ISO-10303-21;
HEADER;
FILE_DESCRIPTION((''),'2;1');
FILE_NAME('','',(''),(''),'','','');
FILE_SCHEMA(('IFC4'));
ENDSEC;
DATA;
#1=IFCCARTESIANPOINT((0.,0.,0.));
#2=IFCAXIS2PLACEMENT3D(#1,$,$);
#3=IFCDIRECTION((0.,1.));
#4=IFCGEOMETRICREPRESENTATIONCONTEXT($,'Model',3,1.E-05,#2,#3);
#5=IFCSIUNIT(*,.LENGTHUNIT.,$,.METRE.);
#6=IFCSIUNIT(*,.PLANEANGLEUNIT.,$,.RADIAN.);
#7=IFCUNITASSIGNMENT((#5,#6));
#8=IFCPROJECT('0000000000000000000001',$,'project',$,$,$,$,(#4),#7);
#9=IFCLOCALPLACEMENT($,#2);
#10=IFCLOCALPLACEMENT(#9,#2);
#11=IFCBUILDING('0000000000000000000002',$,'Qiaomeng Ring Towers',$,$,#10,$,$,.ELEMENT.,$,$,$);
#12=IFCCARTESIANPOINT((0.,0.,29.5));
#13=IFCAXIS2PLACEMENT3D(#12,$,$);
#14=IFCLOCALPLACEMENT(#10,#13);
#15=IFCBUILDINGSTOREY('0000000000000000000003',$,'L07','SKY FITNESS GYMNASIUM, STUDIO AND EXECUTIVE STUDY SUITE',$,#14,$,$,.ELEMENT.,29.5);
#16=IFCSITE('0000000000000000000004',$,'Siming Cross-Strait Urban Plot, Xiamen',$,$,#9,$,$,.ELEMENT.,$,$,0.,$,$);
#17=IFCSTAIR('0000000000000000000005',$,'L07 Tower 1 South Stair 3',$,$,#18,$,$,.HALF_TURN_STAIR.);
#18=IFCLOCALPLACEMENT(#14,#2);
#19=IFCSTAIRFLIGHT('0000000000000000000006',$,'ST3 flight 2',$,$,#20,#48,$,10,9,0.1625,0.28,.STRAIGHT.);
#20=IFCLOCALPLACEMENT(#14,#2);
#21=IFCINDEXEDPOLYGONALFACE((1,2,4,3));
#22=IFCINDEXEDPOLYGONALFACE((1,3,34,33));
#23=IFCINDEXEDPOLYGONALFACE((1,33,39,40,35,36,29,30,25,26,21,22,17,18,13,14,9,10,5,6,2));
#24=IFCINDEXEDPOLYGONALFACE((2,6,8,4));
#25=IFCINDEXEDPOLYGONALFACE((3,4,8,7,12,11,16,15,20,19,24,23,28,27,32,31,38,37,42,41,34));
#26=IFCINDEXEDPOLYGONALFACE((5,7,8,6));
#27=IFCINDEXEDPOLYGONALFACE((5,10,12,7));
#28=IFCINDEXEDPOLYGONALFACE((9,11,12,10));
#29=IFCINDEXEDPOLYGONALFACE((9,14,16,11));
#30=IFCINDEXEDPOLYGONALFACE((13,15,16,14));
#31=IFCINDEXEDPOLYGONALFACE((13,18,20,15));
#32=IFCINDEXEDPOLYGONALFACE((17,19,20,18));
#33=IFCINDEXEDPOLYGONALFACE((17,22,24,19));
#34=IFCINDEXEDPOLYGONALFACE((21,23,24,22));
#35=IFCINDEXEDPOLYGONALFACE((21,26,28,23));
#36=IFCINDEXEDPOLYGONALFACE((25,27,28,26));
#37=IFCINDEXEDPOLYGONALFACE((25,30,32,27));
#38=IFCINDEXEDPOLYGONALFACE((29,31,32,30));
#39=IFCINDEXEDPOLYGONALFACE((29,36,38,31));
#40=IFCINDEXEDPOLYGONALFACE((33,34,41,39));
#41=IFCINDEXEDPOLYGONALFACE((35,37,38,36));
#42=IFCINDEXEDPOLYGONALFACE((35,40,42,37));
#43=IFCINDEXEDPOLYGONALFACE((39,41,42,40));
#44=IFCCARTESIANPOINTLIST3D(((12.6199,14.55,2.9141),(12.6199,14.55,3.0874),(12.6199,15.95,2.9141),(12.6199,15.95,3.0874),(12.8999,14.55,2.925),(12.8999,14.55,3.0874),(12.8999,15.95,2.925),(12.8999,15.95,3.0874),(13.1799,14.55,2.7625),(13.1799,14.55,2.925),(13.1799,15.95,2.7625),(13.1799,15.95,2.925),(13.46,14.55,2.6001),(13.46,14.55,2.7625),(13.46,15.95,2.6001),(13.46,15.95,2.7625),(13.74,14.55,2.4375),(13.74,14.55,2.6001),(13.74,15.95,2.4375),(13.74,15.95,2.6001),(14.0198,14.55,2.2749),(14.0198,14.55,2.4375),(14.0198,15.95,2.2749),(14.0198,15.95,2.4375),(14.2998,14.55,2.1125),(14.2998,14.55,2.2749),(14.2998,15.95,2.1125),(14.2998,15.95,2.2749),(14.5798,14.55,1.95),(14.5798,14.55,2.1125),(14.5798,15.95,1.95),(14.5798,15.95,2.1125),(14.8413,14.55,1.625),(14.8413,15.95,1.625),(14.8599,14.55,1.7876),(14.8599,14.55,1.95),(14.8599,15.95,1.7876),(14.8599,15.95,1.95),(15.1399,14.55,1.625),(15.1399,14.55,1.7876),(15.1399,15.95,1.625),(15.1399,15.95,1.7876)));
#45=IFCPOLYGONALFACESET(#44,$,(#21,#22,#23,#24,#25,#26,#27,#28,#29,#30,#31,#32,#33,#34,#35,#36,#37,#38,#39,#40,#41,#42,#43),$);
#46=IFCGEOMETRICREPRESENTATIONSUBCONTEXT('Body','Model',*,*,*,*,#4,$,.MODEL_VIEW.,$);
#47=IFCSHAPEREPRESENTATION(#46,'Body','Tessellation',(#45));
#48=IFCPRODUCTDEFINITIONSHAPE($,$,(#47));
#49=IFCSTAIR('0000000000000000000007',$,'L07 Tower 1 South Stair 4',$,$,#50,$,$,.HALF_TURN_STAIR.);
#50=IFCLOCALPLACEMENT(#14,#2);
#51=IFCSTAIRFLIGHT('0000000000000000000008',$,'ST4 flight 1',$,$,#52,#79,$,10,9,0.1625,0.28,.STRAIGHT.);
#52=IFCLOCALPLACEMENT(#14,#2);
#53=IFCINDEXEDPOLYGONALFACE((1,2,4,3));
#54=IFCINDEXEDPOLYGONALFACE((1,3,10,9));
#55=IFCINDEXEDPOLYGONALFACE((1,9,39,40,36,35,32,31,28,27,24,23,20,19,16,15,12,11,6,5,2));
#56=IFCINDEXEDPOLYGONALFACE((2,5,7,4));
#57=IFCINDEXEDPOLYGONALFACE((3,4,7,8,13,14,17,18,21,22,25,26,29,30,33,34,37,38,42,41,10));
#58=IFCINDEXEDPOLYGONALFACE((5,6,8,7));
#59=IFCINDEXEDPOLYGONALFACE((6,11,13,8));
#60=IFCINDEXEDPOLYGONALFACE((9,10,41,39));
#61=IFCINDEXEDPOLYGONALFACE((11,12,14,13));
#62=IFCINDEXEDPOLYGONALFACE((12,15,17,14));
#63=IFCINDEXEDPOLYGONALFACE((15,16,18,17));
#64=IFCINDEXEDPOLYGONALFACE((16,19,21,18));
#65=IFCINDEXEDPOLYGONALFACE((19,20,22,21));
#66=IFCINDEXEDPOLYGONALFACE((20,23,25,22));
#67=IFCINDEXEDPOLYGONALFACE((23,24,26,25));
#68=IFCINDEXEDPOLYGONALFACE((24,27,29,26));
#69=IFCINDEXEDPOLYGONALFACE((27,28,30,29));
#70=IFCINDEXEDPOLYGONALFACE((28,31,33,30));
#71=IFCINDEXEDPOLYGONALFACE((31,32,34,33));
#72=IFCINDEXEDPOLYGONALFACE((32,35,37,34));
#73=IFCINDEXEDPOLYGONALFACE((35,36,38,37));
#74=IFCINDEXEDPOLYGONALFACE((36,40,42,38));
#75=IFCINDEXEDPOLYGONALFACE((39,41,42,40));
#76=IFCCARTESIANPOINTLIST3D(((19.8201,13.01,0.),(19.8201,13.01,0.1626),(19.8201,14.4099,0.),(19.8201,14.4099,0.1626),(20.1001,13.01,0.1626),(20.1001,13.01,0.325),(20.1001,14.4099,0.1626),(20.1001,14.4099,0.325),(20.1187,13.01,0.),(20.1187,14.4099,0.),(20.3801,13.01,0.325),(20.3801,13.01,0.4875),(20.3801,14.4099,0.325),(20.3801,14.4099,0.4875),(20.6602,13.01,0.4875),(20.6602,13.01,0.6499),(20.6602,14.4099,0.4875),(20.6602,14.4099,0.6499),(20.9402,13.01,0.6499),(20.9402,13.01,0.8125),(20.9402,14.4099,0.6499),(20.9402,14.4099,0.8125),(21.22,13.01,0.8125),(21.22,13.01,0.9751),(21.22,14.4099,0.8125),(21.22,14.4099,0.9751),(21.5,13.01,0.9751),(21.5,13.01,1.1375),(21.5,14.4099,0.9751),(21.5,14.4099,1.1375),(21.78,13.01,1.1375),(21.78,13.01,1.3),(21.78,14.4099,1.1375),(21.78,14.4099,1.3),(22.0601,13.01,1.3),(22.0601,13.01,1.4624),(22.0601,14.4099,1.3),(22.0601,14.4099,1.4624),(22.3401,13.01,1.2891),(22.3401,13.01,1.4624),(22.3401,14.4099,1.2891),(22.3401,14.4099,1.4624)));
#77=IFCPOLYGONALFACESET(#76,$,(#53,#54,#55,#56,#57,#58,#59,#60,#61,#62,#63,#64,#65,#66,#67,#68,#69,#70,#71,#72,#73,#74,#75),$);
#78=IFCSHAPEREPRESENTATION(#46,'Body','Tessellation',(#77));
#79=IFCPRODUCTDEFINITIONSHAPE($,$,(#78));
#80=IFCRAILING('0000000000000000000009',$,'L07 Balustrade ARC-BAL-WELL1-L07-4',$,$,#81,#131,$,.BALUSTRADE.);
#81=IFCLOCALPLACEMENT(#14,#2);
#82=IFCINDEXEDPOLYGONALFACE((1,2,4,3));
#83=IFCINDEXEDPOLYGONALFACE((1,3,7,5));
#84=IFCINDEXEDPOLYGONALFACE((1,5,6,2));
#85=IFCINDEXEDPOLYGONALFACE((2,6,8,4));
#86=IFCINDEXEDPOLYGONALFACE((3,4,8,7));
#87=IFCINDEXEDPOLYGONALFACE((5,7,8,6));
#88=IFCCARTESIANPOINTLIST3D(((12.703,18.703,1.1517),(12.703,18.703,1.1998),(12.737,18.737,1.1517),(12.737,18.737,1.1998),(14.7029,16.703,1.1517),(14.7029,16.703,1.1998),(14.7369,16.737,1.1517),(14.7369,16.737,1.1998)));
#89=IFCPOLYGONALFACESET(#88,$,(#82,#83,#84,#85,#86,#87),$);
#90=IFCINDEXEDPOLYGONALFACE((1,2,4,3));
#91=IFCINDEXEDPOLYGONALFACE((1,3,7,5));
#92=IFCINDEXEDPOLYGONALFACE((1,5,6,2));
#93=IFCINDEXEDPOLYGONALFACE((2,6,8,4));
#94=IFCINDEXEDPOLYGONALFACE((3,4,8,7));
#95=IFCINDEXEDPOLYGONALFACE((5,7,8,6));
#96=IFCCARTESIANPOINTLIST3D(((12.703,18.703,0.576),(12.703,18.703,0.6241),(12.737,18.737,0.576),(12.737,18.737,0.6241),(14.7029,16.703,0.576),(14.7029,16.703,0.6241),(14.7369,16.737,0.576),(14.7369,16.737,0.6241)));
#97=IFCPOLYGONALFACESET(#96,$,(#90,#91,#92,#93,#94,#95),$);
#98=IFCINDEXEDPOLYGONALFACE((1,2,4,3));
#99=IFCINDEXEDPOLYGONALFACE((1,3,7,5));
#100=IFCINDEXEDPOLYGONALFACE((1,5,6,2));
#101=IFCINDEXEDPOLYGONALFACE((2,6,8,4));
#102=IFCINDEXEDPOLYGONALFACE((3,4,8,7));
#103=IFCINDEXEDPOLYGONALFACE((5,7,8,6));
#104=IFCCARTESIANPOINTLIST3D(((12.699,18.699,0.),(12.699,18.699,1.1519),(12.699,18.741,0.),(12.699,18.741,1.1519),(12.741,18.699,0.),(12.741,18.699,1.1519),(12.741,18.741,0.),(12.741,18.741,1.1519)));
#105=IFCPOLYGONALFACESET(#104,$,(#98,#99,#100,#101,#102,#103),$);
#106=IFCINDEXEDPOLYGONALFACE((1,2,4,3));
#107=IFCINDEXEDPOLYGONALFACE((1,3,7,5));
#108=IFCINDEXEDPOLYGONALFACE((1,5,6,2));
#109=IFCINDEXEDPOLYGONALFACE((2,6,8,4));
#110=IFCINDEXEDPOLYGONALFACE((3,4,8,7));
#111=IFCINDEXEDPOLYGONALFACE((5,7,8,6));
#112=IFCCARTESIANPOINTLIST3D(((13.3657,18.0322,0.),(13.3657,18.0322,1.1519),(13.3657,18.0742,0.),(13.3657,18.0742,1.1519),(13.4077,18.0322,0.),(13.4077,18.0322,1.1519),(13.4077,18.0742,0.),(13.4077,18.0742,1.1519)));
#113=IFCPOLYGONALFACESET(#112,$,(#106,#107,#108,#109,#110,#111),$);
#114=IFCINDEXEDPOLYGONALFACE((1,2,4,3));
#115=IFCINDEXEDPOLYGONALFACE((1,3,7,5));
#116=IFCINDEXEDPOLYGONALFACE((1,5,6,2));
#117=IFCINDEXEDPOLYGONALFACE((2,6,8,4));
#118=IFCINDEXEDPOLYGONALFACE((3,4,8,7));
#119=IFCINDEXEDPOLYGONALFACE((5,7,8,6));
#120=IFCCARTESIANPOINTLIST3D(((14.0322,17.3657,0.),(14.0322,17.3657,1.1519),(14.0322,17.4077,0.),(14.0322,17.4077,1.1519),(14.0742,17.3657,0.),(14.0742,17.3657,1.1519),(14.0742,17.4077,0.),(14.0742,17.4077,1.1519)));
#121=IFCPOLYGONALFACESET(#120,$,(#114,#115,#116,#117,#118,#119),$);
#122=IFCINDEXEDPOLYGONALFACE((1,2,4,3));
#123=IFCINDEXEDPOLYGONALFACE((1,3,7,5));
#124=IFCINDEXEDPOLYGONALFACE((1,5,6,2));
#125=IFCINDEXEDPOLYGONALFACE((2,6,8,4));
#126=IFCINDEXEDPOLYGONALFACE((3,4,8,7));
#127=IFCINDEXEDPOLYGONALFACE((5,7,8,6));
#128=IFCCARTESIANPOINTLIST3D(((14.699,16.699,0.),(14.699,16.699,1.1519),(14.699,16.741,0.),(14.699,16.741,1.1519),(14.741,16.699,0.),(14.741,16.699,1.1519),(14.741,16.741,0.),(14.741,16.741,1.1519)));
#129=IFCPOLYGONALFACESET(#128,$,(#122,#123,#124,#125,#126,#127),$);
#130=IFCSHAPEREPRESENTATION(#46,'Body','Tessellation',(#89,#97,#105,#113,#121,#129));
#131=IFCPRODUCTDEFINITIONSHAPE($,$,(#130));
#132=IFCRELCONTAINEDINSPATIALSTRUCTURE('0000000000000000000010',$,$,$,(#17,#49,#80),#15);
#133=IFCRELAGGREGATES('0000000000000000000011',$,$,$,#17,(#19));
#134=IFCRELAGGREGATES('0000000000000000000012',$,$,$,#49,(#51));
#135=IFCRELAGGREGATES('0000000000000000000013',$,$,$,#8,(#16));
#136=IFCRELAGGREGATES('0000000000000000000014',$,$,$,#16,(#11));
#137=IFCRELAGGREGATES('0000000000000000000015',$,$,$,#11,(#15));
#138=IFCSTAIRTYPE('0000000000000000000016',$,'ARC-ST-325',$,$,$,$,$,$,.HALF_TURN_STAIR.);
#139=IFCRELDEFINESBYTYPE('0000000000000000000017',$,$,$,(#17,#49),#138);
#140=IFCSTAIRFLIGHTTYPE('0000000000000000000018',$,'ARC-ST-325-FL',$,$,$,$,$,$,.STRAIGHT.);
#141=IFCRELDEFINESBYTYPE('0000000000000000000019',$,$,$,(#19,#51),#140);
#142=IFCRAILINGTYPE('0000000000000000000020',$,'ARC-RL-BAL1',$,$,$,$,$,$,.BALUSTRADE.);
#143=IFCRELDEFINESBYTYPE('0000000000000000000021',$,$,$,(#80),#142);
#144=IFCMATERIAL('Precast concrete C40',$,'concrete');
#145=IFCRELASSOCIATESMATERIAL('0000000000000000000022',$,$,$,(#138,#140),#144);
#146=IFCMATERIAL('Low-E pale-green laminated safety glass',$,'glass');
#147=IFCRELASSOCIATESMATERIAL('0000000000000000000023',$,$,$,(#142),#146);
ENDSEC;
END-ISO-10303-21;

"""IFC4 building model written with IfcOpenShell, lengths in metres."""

from ifc_helpers import new_model, si_unit, direction, frame, origin, origin_2d, place, context, subcontext, project, spatial, polyline, rectangle, outline, extrude, source, transform, mapped, material, type_object, element, aggregate, save


model = new_model("IFC4")

# Units and contexts
model_context = context("Model", 3, precision=1e-05, world=origin(), true_north=direction((0.0, 1.0)))
body_context = subcontext(model_context, "Body", "Model", "MODEL_VIEW")
ifc_project = project(units=[si_unit("LENGTHUNIT", "METRE"), si_unit("PLANEANGLEUNIT", "RADIAN")], contexts=[model_context])

# Site, building, storey
site_placement = place(None, origin())
site = spatial("IfcSite", under=ifc_project, at=site_placement, Name="Siming Cross-Strait Urban Plot, Xiamen", CompositionType="ELEMENT", RefElevation=0.0)
building_placement = place(site_placement, origin())
building = spatial("IfcBuilding", under=site, at=building_placement, Name="Qiaomeng Ring Towers", CompositionType="ELEMENT")
storey_placement = place(building_placement, frame((0.0, 0.0, 29.5)))
storey = spatial("IfcBuildingStorey", under=building, at=storey_placement, Name="L07", Description="SKY FITNESS GYMNASIUM, STUDIO AND EXECUTIVE STUDY SUITE", CompositionType="ELEMENT", Elevation=29.5)

# Stairs, stair flights
ifc_material_1 = material(Name="Precast concrete C40", Category="concrete")
stair_type = type_object("IfcStairType", Name="ARC-ST-325", PredefinedType="HALF_TURN_STAIR", material=ifc_material_1)
stair_1_placement = place(storey_placement, origin())
stair_1 = element("IfcStair", 1, at=stair_1_placement, inside=storey, type_object=stair_type, Name="L07 Tower 1 South Stair 3", PredefinedType="HALF_TURN_STAIR")
stair_flight_type = type_object("IfcStairFlightType", Name="ARC-ST-325-FL", PredefinedType="STRAIGHT", material=ifc_material_1)
shared_shape_1 = source(origin(), body_context, "Body", "SweptSolid", [
    extrude(outline(polyline([(0.0, 0.0), (0.0, 0.1626), (0.28, 0.1626), (0.28, 0.325), (0.5601, 0.325), (0.5601, 0.4875), (0.8401, 0.4875), (0.8401, 0.6499), (1.1201, 0.6499), (1.1201, 0.8125), (1.3999, 0.8125), (1.3999, 0.9751), (1.6799, 0.9751), (1.6799, 1.1375), (1.96, 1.1375), (1.96, 1.3), (2.24, 1.3), (2.24, 1.4624), (2.52, 1.4624), (2.52, 1.625), (2.52, 1.2891), (0.2986, 0.0), (0.0, 0.0)])), frame((0.0, 0.7, 0.0), z_axis=(0.0, -1.0, 0.0), x_axis=(1.0, 0.0, 0.0)), (0.0, 0.0, 1.0), 1.3999),
])
stair_flight_1_placement = place(storey_placement, frame((15.1399, 15.25, 1.625), z_axis=(0.0, 0.0, 1.0), x_axis=(-1.0, 0.0, 0.0)))
stair_flight_1 = element("IfcStairFlight", 2, at=stair_flight_1_placement, type_object=stair_flight_type, Name="ST3 flight 2", NumberOfRisers=10, NumberOfTreads=9, PredefinedType="STRAIGHT", RiserHeight=0.1625, TreadLength=0.28, context=body_context, shape_type="MappedRepresentation", body=[
    mapped(shared_shape_1, transform((0.0, 0.0, 0.0), x_axis=(1.0, 0.0, 0.0), y_axis=(0.0, 1.0, 0.0), z_axis=(0.0, 0.0, 1.0), scale=1.0)),
])
aggregate(stair_1, [stair_flight_1])
stair_2_placement = place(storey_placement, origin())
stair_2 = element("IfcStair", 3, at=stair_2_placement, inside=storey, type_object=stair_type, Name="L07 Tower 1 South Stair 4", PredefinedType="HALF_TURN_STAIR")
stair_flight_2_placement = place(storey_placement, frame((19.8201, 13.71, 0.0), z_axis=(0.0, 0.0, 1.0), x_axis=(1.0, 0.0, 0.0)))
stair_flight_2 = element("IfcStairFlight", 4, at=stair_flight_2_placement, type_object=stair_flight_type, Name="ST4 flight 1", NumberOfRisers=10, NumberOfTreads=9, PredefinedType="STRAIGHT", RiserHeight=0.1625, TreadLength=0.28, context=body_context, shape_type="MappedRepresentation", body=[
    mapped(shared_shape_1, transform((0.0, 0.0, 0.0), x_axis=(1.0, 0.0, 0.0), y_axis=(0.0, 1.0, 0.0), z_axis=(0.0, 0.0, 1.0), scale=1.0)),
])
aggregate(stair_2, [stair_flight_2])

# Railing
ifc_material_2 = material(Name="Low-E pale-green laminated safety glass", Category="glass")
railing_type_1 = type_object("IfcRailingType", Name="ARC-RL-BAL1", PredefinedType="BALUSTRADE", material=ifc_material_2)
railing_1_placement = place(storey_placement, frame((12.72, 18.72, 0.0)))
element("IfcRailing", 5, at=railing_1_placement, inside=storey, type_object=railing_type_1, Name="L07 Balustrade ARC-BAL-WELL1-L07-4", PredefinedType="BALUSTRADE", context=body_context, shape_type="SweptSolid", body=[
    extrude(rectangle(XDim=0.0481, YDim=0.0481, at=origin_2d()), frame((0.0, 0.0, 1.1758), z_axis=(0.707107, -0.707107, 0.0), x_axis=(0.707107, 0.707107, 0.0)), (0.0, 0.0, 1.0), 2.8284),
    extrude(rectangle(XDim=0.0481, YDim=0.0481, at=origin_2d()), frame((0.0, 0.0, 0.6001), z_axis=(0.707107, -0.707107, 0.0), x_axis=(0.707107, 0.707107, 0.0)), (0.0, 0.0, 1.0), 2.8284),
    extrude(rectangle(XDim=0.042, YDim=0.042, at=origin_2d()), origin(), (0.0, 0.0, 1.0), 1.1519),
    extrude(rectangle(XDim=0.042, YDim=0.042, at=origin_2d()), frame((0.6667, -0.6667, 0.0)), (0.0, 0.0, 1.0), 1.1519),
    extrude(rectangle(XDim=0.042, YDim=0.042, at=origin_2d()), frame((1.3333, -1.3333, 0.0)), (0.0, 0.0, 1.0), 1.1519),
    extrude(rectangle(XDim=0.042, YDim=0.042, at=origin_2d()), frame((2.0, -2.0, 0.0)), (0.0, 0.0, 1.0), 1.1519),
])

save(model, "model.ifc")
